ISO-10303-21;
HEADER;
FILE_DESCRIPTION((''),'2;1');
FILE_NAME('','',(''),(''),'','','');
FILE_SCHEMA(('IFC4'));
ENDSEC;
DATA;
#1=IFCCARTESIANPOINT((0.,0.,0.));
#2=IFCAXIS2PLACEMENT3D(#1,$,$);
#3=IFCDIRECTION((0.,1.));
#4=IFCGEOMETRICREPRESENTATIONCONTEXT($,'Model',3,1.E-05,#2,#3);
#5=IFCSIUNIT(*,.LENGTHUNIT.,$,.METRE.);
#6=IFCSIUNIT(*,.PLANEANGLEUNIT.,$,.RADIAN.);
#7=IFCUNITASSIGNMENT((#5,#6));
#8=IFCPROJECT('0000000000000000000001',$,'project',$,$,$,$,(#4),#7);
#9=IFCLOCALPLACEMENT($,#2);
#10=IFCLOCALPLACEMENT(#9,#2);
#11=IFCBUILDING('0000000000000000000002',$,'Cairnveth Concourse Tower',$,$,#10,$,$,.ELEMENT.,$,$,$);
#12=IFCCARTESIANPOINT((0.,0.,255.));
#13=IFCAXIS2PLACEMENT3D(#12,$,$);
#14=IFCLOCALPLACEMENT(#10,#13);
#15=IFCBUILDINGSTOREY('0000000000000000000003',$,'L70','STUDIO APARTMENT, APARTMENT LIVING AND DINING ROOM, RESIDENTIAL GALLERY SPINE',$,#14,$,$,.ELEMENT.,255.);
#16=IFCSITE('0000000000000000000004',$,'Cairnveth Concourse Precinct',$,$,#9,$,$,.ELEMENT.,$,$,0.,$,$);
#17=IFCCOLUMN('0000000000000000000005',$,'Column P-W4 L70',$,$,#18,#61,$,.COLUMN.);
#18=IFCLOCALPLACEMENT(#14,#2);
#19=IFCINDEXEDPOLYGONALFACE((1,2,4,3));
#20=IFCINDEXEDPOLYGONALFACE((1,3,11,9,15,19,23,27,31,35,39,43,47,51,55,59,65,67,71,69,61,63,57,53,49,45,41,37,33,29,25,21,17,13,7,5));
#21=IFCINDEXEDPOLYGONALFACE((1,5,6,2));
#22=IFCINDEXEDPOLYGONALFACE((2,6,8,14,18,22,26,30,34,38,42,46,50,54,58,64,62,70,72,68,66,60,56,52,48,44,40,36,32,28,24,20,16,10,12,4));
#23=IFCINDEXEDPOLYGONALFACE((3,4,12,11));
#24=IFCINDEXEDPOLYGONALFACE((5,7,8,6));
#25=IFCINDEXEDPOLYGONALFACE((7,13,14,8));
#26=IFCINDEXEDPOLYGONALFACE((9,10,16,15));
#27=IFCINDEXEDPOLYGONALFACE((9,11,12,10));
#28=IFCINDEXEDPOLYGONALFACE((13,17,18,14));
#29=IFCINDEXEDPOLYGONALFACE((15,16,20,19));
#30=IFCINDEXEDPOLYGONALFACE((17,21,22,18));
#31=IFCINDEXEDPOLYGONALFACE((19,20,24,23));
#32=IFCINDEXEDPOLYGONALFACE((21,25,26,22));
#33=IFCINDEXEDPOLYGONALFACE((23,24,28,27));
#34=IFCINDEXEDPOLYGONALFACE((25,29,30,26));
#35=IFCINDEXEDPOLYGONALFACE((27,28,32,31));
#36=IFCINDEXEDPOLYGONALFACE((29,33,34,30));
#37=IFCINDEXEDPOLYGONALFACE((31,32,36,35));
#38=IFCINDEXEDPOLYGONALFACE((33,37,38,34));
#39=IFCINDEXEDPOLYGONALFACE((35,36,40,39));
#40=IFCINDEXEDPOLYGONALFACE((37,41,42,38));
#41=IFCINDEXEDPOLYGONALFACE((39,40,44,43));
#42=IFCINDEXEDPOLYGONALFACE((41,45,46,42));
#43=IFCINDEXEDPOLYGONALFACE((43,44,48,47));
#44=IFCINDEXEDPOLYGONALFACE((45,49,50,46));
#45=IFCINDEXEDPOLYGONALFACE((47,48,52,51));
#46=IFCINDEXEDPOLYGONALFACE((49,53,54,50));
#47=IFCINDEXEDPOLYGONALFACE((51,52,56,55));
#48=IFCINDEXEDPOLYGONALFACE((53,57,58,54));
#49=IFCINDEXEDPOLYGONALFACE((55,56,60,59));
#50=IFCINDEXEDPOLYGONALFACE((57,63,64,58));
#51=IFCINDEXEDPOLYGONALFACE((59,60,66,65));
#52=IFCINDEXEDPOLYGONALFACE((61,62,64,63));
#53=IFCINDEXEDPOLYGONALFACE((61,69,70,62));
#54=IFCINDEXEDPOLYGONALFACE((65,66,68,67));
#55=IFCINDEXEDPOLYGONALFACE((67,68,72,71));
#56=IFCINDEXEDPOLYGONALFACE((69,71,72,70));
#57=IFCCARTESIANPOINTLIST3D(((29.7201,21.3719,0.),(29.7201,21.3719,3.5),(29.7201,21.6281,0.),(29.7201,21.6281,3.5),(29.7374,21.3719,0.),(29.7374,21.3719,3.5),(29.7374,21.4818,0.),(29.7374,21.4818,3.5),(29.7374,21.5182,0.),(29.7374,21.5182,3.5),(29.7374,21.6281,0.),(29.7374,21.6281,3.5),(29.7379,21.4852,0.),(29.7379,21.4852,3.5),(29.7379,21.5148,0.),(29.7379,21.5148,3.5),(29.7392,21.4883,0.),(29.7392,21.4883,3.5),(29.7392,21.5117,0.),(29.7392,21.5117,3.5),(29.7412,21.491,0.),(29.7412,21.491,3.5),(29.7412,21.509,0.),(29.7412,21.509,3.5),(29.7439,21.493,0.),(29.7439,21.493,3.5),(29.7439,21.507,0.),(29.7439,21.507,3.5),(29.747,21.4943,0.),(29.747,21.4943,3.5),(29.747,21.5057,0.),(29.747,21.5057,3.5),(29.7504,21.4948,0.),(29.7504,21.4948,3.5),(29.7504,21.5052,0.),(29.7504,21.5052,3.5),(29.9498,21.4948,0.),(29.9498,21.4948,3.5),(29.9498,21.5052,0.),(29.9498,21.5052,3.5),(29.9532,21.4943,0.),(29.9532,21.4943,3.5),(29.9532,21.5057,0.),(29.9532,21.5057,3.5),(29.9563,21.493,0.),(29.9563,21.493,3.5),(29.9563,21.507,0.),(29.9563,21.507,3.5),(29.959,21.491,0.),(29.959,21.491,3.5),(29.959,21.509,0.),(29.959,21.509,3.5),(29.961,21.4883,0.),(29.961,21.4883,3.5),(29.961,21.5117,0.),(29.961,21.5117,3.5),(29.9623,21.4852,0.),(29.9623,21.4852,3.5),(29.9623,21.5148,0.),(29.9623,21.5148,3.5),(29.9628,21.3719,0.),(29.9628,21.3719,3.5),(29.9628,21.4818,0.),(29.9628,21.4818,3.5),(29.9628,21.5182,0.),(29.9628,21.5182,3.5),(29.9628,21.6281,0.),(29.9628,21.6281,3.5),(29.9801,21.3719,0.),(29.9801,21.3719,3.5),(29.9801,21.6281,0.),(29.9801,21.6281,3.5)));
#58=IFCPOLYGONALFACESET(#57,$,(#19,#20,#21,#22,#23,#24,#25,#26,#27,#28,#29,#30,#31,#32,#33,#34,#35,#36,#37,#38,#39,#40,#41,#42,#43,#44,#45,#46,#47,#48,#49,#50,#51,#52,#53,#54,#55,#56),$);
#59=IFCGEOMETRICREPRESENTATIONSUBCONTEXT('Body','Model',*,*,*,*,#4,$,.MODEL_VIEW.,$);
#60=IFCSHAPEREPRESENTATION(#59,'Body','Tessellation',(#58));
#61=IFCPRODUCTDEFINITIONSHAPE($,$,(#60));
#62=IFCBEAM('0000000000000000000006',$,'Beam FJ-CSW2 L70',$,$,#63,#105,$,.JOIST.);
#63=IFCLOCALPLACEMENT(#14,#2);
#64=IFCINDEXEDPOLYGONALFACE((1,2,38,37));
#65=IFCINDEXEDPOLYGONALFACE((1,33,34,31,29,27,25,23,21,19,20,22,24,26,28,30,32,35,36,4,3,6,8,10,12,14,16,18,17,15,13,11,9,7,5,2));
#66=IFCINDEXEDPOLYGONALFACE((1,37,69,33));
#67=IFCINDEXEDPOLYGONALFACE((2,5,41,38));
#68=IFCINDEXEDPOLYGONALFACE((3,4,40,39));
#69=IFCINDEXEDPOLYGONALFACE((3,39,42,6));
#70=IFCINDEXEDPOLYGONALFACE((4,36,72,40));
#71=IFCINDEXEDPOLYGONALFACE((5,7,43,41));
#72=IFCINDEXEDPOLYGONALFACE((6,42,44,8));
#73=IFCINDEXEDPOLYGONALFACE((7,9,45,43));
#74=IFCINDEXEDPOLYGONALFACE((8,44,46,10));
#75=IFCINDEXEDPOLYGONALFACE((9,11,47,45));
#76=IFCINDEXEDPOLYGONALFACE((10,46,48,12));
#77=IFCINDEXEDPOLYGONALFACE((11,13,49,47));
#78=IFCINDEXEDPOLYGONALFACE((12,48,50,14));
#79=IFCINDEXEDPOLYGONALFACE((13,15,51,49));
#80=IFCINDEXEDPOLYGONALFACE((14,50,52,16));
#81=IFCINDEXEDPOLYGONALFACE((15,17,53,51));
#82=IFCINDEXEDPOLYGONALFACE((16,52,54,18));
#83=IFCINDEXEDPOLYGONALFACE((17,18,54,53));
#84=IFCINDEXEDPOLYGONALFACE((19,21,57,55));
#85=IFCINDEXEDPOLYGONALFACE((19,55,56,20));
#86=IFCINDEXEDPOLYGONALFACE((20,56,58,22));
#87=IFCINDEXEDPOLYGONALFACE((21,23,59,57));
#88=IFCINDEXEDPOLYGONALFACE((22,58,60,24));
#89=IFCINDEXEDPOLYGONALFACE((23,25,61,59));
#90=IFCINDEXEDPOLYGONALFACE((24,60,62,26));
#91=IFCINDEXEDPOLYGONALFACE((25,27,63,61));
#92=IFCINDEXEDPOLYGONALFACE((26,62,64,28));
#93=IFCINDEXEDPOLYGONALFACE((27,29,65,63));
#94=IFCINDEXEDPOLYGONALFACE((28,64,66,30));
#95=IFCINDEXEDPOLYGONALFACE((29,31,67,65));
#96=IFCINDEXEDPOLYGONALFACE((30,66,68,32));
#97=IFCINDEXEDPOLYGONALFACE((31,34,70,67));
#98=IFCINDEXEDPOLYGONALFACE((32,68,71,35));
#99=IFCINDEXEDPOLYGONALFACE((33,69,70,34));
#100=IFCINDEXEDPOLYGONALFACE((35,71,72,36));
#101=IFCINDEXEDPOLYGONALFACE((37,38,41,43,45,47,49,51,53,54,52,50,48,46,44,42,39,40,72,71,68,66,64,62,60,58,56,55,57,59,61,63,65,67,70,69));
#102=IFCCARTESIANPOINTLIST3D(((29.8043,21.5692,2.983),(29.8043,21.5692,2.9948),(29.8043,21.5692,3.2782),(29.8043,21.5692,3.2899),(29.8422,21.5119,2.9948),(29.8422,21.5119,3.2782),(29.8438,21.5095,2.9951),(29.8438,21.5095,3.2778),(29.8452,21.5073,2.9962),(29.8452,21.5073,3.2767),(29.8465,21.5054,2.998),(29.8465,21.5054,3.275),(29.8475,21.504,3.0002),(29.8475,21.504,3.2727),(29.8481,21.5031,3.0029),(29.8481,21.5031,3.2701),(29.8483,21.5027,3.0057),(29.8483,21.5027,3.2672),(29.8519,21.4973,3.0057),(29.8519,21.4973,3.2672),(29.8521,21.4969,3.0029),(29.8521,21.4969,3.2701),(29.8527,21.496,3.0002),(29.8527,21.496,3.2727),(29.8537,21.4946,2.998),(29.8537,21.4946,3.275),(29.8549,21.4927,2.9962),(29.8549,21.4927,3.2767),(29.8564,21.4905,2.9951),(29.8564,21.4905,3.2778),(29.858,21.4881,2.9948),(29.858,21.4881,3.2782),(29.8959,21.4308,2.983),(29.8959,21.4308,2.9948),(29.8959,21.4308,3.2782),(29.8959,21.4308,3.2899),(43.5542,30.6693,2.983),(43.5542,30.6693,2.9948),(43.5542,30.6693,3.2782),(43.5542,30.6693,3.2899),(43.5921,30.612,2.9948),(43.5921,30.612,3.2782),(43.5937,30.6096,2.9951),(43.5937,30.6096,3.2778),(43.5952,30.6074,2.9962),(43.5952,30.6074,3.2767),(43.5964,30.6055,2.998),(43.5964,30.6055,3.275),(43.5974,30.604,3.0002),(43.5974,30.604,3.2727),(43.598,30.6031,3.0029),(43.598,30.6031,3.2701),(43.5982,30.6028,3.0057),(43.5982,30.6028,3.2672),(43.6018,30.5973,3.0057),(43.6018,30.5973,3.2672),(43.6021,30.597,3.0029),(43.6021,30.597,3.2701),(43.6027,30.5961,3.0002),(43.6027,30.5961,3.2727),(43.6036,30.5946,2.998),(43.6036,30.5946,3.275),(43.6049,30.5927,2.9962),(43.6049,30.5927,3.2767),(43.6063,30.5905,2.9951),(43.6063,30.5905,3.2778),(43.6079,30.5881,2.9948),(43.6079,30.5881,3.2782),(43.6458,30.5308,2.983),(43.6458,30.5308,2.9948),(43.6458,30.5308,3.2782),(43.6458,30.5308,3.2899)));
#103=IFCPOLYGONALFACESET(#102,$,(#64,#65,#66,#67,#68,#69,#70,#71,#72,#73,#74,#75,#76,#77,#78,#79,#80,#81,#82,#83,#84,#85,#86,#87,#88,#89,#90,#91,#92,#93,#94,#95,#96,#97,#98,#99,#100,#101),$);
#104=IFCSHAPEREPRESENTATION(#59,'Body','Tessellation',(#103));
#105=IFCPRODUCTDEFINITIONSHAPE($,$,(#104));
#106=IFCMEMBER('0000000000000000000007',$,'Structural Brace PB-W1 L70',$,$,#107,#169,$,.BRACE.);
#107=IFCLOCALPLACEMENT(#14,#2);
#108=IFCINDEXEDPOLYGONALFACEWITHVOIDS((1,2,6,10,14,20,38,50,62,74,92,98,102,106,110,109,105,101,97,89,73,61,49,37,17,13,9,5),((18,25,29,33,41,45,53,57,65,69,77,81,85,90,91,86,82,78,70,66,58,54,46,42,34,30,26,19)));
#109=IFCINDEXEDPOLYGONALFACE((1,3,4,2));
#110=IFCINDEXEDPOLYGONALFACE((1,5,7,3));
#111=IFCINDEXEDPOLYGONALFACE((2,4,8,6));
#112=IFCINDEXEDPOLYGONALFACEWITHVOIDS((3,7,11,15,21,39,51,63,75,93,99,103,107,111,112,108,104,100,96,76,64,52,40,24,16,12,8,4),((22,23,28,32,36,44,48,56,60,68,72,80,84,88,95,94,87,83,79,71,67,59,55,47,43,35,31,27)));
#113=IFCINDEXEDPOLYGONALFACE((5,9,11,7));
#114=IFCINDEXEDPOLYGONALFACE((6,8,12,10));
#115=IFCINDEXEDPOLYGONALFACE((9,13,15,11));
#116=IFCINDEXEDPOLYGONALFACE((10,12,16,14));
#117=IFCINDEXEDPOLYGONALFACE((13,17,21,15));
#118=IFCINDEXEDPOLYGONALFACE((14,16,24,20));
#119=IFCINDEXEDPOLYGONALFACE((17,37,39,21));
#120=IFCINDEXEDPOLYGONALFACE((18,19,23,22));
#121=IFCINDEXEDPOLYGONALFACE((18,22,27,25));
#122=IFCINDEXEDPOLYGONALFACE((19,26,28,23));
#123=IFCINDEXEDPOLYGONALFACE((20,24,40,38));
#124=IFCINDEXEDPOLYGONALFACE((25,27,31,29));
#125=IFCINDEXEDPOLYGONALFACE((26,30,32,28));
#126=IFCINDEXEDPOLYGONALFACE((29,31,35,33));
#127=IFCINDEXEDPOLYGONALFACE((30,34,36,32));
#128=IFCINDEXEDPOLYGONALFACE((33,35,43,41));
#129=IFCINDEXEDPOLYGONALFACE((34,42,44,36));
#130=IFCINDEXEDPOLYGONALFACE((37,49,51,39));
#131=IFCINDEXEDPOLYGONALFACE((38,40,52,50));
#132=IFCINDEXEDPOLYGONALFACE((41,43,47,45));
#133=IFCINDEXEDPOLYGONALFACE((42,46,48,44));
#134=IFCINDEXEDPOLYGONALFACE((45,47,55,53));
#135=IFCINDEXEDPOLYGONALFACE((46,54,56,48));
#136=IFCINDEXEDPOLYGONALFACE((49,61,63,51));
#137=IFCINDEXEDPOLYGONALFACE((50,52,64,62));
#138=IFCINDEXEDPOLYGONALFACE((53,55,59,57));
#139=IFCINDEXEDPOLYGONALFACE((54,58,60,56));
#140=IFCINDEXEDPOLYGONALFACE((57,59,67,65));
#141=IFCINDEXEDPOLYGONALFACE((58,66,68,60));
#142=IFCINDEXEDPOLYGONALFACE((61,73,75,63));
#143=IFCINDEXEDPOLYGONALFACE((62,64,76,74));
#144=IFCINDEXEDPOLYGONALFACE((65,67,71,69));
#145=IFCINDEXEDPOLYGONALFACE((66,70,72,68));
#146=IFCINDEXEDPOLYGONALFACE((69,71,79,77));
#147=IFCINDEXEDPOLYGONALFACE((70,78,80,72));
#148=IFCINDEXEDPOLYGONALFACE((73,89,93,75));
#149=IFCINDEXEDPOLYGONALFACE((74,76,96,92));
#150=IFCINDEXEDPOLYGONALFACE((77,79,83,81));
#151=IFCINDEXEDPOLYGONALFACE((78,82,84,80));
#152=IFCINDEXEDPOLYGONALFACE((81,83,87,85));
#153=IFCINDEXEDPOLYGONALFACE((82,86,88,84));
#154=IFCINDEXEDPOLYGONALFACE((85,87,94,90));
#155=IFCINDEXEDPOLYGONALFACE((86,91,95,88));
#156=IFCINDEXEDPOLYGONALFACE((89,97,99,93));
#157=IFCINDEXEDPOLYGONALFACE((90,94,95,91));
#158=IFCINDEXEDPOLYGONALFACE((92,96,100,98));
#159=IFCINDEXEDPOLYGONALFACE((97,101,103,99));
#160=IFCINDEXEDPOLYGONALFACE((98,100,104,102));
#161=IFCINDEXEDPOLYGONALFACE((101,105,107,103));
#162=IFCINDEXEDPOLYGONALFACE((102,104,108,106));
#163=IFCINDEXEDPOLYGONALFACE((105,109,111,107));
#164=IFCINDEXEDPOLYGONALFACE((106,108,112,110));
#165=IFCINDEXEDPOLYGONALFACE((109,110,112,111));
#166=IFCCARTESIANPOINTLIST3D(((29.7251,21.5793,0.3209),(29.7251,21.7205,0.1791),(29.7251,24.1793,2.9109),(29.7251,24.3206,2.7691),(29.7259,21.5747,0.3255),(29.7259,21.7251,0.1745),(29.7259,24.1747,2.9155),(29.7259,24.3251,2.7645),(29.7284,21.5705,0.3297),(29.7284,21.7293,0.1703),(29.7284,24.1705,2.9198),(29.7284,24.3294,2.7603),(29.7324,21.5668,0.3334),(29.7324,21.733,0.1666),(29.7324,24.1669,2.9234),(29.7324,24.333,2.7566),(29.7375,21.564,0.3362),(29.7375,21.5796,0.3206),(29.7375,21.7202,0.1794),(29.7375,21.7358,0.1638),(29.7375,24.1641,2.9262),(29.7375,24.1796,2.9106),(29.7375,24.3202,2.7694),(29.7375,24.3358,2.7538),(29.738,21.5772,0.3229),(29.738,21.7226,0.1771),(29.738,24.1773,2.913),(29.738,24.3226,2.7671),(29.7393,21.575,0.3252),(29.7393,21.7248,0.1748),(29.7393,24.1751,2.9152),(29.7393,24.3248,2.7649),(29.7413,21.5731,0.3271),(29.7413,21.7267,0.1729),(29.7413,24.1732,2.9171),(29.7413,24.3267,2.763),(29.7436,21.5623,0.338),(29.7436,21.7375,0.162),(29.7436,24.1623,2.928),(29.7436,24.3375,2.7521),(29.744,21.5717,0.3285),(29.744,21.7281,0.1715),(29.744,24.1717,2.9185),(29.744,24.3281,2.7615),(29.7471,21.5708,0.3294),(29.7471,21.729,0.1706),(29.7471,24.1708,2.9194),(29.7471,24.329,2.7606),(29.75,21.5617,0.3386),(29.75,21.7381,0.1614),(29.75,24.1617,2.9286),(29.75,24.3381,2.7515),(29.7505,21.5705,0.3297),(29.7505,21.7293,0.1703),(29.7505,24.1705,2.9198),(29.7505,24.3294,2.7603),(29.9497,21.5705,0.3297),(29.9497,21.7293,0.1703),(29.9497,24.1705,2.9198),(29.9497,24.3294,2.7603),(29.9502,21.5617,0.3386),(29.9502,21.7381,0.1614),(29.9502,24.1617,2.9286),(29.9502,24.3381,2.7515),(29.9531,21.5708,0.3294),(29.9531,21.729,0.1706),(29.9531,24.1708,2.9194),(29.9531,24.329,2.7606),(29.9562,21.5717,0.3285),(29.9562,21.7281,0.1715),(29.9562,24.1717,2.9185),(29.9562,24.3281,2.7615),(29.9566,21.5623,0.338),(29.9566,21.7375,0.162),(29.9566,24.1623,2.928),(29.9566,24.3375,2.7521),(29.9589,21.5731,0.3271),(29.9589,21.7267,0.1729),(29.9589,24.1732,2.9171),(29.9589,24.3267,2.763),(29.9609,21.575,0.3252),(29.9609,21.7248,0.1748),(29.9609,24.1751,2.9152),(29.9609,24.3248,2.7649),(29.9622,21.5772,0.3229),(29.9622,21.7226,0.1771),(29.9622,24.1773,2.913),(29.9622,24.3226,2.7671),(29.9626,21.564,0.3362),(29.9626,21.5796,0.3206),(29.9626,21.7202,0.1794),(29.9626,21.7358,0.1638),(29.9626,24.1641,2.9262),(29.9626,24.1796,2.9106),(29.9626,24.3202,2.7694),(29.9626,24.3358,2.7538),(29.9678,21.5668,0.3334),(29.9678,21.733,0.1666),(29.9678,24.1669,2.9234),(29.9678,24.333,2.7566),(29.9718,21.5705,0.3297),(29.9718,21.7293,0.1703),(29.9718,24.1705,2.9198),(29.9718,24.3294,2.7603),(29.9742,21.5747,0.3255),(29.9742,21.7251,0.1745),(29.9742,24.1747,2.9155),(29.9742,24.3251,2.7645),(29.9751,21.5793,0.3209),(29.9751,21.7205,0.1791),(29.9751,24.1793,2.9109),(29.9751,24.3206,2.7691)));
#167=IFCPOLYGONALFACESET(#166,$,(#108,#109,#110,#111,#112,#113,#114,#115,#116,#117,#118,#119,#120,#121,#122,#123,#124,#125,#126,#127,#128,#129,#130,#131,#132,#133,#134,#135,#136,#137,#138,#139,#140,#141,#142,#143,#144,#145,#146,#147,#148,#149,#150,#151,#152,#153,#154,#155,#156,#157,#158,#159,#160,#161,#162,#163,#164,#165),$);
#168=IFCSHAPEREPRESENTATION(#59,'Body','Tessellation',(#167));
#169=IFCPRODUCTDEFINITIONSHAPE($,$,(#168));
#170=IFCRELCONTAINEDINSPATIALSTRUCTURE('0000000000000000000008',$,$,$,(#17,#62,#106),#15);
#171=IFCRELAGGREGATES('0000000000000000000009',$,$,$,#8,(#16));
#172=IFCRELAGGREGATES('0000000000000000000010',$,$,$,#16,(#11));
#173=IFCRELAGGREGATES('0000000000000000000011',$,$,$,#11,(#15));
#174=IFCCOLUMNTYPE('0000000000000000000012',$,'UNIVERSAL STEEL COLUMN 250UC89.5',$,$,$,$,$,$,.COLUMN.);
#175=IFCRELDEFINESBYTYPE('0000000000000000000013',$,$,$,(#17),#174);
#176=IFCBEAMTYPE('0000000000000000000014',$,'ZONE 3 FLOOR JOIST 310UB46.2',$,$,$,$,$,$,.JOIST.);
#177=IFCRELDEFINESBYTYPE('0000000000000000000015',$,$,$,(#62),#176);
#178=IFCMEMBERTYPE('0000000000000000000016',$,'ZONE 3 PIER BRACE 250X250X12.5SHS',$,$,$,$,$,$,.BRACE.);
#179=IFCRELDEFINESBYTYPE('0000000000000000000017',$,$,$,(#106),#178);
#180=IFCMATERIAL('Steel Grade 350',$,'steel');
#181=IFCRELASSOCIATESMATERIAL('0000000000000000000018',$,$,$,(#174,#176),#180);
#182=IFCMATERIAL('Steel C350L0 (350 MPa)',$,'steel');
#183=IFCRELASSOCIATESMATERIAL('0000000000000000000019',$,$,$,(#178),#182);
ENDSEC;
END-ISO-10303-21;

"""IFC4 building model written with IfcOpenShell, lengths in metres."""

from ifc_helpers import new_model, si_unit, direction, frame, origin, origin_2d, place, context, subcontext, project, spatial, hollow_rectangle, i_section, extrude, material, material_profile, profile_set, type_object, element, save


model = new_model("IFC4")

# Units and contexts
model_context = context("Model", 3, precision=1e-05, world=origin(), true_north=direction((0.0, 1.0)))
body_context = subcontext(model_context, "Body", "Model", "MODEL_VIEW")
ifc_project = project(units=[si_unit("LENGTHUNIT", "METRE"), si_unit("PLANEANGLEUNIT", "RADIAN")], contexts=[model_context])

# Site, building, storey
site_placement = place(None, origin())
site = spatial("IfcSite", under=ifc_project, at=site_placement, Name="Cairnveth Concourse Precinct", CompositionType="ELEMENT", RefElevation=0.0)
building_placement = place(site_placement, origin())
building = spatial("IfcBuilding", under=site, at=building_placement, Name="Cairnveth Concourse Tower", CompositionType="ELEMENT")
storey_placement = place(building_placement, frame((0.0, 0.0, 255.0)))
storey = spatial("IfcBuildingStorey", under=building, at=storey_placement, Name="L70", Description="STUDIO APARTMENT, APARTMENT LIVING AND DINING ROOM, RESIDENTIAL GALLERY SPINE", CompositionType="ELEMENT", Elevation=255.0)

# Column
ifc_material_1 = material(Name="Steel Grade 350", Category="steel")
ifc_material_profile_1 = material_profile(ifc_material_1, i_section(OverallWidth=0.2561, OverallDepth=0.26, WebThickness=0.0105, FlangeThickness=0.0173, FilletRadius=0.0129, at=origin_2d()), Name="250UC89.5")
ifc_profile_set_1 = profile_set([ifc_material_profile_1], Name="Steel Grade 350")
column_type = type_object("IfcColumnType", Name="UNIVERSAL STEEL COLUMN 250UC89.5", PredefinedType="COLUMN", material=ifc_profile_set_1)
column_placement = place(storey_placement, frame((29.8501, 21.5, 0.0), z_axis=(0.0, 0.0, 1.0), x_axis=(0.0, 1.0, 0.0)))
element("IfcColumn", 1, at=column_placement, inside=storey, type_object=column_type, Name="Column P-W4 L70", PredefinedType="COLUMN", context=body_context, shape_type="SweptSolid", body=[
    extrude(i_section(OverallWidth=0.2561, OverallDepth=0.26, WebThickness=0.0105, FlangeThickness=0.0173, FilletRadius=0.0129, at=origin_2d()), origin(), (0.0, 0.0, 1.0), 3.5),
])

# Beam
ifc_material_profile_2 = material_profile(ifc_material_1, i_section(OverallWidth=0.166, OverallDepth=0.3069, WebThickness=0.0066, FlangeThickness=0.0117, FilletRadius=0.011, at=origin_2d()), Name="310UB46.2")
ifc_profile_set_2 = profile_set([ifc_material_profile_2], Name="Steel Grade 350")
beam_type_1 = type_object("IfcBeamType", Name="ZONE 3 FLOOR JOIST 310UB46.2", PredefinedType="JOIST", material=ifc_profile_set_2)
beam_1_placement = place(storey_placement, frame((29.8501, 21.5, 3.1365), z_axis=(0.833909, 0.551902, 0.0), x_axis=(-0.551902, 0.833909, 0.0)))
element("IfcBeam", 2, at=beam_1_placement, inside=storey, type_object=beam_type_1, Name="Beam FJ-CSW2 L70", PredefinedType="JOIST", context=body_context, shape_type="SweptSolid", body=[
    extrude(i_section(OverallWidth=0.166, OverallDepth=0.3069, WebThickness=0.0066, FlangeThickness=0.0117, FilletRadius=0.011, at=origin_2d()), origin(), (0.0, 0.0, 1.0), 16.4885),
])

# Member
ifc_material_2 = material(Name="Steel C350L0 (350 MPa)", Category="steel")
ifc_material_profile_3 = material_profile(ifc_material_2, hollow_rectangle(XDim=0.25, YDim=0.25, WallThickness=0.0125, InnerFilletRadius=0.0129, OuterFilletRadius=0.0249, at=origin_2d()), Name="250x250x12.5SHS")
ifc_profile_set_3 = profile_set([ifc_material_profile_3], Name="Steel C350L0 (350 MPa)")
member_type = type_object("IfcMemberType", Name="ZONE 3 PIER BRACE 250X250X12.5SHS", PredefinedType="BRACE", material=ifc_profile_set_3)
member_placement = place(storey_placement, frame((29.8501, 21.6499, 0.25), z_axis=(0.0, 0.708469, 0.705742), x_axis=(-1.0, 0.0, 0.0)))
element("IfcMember", 3, at=member_placement, inside=storey, type_object=member_type, Name="Structural Brace PB-W1 L70", PredefinedType="BRACE", context=body_context, shape_type="SweptSolid", body=[
    extrude(hollow_rectangle(XDim=0.25, YDim=0.25, WallThickness=0.0125, InnerFilletRadius=0.0129, OuterFilletRadius=0.0249, at=origin_2d()), origin(), (0.0, 0.0, 1.0), 3.6699),
])

save(model, "model.ifc")
